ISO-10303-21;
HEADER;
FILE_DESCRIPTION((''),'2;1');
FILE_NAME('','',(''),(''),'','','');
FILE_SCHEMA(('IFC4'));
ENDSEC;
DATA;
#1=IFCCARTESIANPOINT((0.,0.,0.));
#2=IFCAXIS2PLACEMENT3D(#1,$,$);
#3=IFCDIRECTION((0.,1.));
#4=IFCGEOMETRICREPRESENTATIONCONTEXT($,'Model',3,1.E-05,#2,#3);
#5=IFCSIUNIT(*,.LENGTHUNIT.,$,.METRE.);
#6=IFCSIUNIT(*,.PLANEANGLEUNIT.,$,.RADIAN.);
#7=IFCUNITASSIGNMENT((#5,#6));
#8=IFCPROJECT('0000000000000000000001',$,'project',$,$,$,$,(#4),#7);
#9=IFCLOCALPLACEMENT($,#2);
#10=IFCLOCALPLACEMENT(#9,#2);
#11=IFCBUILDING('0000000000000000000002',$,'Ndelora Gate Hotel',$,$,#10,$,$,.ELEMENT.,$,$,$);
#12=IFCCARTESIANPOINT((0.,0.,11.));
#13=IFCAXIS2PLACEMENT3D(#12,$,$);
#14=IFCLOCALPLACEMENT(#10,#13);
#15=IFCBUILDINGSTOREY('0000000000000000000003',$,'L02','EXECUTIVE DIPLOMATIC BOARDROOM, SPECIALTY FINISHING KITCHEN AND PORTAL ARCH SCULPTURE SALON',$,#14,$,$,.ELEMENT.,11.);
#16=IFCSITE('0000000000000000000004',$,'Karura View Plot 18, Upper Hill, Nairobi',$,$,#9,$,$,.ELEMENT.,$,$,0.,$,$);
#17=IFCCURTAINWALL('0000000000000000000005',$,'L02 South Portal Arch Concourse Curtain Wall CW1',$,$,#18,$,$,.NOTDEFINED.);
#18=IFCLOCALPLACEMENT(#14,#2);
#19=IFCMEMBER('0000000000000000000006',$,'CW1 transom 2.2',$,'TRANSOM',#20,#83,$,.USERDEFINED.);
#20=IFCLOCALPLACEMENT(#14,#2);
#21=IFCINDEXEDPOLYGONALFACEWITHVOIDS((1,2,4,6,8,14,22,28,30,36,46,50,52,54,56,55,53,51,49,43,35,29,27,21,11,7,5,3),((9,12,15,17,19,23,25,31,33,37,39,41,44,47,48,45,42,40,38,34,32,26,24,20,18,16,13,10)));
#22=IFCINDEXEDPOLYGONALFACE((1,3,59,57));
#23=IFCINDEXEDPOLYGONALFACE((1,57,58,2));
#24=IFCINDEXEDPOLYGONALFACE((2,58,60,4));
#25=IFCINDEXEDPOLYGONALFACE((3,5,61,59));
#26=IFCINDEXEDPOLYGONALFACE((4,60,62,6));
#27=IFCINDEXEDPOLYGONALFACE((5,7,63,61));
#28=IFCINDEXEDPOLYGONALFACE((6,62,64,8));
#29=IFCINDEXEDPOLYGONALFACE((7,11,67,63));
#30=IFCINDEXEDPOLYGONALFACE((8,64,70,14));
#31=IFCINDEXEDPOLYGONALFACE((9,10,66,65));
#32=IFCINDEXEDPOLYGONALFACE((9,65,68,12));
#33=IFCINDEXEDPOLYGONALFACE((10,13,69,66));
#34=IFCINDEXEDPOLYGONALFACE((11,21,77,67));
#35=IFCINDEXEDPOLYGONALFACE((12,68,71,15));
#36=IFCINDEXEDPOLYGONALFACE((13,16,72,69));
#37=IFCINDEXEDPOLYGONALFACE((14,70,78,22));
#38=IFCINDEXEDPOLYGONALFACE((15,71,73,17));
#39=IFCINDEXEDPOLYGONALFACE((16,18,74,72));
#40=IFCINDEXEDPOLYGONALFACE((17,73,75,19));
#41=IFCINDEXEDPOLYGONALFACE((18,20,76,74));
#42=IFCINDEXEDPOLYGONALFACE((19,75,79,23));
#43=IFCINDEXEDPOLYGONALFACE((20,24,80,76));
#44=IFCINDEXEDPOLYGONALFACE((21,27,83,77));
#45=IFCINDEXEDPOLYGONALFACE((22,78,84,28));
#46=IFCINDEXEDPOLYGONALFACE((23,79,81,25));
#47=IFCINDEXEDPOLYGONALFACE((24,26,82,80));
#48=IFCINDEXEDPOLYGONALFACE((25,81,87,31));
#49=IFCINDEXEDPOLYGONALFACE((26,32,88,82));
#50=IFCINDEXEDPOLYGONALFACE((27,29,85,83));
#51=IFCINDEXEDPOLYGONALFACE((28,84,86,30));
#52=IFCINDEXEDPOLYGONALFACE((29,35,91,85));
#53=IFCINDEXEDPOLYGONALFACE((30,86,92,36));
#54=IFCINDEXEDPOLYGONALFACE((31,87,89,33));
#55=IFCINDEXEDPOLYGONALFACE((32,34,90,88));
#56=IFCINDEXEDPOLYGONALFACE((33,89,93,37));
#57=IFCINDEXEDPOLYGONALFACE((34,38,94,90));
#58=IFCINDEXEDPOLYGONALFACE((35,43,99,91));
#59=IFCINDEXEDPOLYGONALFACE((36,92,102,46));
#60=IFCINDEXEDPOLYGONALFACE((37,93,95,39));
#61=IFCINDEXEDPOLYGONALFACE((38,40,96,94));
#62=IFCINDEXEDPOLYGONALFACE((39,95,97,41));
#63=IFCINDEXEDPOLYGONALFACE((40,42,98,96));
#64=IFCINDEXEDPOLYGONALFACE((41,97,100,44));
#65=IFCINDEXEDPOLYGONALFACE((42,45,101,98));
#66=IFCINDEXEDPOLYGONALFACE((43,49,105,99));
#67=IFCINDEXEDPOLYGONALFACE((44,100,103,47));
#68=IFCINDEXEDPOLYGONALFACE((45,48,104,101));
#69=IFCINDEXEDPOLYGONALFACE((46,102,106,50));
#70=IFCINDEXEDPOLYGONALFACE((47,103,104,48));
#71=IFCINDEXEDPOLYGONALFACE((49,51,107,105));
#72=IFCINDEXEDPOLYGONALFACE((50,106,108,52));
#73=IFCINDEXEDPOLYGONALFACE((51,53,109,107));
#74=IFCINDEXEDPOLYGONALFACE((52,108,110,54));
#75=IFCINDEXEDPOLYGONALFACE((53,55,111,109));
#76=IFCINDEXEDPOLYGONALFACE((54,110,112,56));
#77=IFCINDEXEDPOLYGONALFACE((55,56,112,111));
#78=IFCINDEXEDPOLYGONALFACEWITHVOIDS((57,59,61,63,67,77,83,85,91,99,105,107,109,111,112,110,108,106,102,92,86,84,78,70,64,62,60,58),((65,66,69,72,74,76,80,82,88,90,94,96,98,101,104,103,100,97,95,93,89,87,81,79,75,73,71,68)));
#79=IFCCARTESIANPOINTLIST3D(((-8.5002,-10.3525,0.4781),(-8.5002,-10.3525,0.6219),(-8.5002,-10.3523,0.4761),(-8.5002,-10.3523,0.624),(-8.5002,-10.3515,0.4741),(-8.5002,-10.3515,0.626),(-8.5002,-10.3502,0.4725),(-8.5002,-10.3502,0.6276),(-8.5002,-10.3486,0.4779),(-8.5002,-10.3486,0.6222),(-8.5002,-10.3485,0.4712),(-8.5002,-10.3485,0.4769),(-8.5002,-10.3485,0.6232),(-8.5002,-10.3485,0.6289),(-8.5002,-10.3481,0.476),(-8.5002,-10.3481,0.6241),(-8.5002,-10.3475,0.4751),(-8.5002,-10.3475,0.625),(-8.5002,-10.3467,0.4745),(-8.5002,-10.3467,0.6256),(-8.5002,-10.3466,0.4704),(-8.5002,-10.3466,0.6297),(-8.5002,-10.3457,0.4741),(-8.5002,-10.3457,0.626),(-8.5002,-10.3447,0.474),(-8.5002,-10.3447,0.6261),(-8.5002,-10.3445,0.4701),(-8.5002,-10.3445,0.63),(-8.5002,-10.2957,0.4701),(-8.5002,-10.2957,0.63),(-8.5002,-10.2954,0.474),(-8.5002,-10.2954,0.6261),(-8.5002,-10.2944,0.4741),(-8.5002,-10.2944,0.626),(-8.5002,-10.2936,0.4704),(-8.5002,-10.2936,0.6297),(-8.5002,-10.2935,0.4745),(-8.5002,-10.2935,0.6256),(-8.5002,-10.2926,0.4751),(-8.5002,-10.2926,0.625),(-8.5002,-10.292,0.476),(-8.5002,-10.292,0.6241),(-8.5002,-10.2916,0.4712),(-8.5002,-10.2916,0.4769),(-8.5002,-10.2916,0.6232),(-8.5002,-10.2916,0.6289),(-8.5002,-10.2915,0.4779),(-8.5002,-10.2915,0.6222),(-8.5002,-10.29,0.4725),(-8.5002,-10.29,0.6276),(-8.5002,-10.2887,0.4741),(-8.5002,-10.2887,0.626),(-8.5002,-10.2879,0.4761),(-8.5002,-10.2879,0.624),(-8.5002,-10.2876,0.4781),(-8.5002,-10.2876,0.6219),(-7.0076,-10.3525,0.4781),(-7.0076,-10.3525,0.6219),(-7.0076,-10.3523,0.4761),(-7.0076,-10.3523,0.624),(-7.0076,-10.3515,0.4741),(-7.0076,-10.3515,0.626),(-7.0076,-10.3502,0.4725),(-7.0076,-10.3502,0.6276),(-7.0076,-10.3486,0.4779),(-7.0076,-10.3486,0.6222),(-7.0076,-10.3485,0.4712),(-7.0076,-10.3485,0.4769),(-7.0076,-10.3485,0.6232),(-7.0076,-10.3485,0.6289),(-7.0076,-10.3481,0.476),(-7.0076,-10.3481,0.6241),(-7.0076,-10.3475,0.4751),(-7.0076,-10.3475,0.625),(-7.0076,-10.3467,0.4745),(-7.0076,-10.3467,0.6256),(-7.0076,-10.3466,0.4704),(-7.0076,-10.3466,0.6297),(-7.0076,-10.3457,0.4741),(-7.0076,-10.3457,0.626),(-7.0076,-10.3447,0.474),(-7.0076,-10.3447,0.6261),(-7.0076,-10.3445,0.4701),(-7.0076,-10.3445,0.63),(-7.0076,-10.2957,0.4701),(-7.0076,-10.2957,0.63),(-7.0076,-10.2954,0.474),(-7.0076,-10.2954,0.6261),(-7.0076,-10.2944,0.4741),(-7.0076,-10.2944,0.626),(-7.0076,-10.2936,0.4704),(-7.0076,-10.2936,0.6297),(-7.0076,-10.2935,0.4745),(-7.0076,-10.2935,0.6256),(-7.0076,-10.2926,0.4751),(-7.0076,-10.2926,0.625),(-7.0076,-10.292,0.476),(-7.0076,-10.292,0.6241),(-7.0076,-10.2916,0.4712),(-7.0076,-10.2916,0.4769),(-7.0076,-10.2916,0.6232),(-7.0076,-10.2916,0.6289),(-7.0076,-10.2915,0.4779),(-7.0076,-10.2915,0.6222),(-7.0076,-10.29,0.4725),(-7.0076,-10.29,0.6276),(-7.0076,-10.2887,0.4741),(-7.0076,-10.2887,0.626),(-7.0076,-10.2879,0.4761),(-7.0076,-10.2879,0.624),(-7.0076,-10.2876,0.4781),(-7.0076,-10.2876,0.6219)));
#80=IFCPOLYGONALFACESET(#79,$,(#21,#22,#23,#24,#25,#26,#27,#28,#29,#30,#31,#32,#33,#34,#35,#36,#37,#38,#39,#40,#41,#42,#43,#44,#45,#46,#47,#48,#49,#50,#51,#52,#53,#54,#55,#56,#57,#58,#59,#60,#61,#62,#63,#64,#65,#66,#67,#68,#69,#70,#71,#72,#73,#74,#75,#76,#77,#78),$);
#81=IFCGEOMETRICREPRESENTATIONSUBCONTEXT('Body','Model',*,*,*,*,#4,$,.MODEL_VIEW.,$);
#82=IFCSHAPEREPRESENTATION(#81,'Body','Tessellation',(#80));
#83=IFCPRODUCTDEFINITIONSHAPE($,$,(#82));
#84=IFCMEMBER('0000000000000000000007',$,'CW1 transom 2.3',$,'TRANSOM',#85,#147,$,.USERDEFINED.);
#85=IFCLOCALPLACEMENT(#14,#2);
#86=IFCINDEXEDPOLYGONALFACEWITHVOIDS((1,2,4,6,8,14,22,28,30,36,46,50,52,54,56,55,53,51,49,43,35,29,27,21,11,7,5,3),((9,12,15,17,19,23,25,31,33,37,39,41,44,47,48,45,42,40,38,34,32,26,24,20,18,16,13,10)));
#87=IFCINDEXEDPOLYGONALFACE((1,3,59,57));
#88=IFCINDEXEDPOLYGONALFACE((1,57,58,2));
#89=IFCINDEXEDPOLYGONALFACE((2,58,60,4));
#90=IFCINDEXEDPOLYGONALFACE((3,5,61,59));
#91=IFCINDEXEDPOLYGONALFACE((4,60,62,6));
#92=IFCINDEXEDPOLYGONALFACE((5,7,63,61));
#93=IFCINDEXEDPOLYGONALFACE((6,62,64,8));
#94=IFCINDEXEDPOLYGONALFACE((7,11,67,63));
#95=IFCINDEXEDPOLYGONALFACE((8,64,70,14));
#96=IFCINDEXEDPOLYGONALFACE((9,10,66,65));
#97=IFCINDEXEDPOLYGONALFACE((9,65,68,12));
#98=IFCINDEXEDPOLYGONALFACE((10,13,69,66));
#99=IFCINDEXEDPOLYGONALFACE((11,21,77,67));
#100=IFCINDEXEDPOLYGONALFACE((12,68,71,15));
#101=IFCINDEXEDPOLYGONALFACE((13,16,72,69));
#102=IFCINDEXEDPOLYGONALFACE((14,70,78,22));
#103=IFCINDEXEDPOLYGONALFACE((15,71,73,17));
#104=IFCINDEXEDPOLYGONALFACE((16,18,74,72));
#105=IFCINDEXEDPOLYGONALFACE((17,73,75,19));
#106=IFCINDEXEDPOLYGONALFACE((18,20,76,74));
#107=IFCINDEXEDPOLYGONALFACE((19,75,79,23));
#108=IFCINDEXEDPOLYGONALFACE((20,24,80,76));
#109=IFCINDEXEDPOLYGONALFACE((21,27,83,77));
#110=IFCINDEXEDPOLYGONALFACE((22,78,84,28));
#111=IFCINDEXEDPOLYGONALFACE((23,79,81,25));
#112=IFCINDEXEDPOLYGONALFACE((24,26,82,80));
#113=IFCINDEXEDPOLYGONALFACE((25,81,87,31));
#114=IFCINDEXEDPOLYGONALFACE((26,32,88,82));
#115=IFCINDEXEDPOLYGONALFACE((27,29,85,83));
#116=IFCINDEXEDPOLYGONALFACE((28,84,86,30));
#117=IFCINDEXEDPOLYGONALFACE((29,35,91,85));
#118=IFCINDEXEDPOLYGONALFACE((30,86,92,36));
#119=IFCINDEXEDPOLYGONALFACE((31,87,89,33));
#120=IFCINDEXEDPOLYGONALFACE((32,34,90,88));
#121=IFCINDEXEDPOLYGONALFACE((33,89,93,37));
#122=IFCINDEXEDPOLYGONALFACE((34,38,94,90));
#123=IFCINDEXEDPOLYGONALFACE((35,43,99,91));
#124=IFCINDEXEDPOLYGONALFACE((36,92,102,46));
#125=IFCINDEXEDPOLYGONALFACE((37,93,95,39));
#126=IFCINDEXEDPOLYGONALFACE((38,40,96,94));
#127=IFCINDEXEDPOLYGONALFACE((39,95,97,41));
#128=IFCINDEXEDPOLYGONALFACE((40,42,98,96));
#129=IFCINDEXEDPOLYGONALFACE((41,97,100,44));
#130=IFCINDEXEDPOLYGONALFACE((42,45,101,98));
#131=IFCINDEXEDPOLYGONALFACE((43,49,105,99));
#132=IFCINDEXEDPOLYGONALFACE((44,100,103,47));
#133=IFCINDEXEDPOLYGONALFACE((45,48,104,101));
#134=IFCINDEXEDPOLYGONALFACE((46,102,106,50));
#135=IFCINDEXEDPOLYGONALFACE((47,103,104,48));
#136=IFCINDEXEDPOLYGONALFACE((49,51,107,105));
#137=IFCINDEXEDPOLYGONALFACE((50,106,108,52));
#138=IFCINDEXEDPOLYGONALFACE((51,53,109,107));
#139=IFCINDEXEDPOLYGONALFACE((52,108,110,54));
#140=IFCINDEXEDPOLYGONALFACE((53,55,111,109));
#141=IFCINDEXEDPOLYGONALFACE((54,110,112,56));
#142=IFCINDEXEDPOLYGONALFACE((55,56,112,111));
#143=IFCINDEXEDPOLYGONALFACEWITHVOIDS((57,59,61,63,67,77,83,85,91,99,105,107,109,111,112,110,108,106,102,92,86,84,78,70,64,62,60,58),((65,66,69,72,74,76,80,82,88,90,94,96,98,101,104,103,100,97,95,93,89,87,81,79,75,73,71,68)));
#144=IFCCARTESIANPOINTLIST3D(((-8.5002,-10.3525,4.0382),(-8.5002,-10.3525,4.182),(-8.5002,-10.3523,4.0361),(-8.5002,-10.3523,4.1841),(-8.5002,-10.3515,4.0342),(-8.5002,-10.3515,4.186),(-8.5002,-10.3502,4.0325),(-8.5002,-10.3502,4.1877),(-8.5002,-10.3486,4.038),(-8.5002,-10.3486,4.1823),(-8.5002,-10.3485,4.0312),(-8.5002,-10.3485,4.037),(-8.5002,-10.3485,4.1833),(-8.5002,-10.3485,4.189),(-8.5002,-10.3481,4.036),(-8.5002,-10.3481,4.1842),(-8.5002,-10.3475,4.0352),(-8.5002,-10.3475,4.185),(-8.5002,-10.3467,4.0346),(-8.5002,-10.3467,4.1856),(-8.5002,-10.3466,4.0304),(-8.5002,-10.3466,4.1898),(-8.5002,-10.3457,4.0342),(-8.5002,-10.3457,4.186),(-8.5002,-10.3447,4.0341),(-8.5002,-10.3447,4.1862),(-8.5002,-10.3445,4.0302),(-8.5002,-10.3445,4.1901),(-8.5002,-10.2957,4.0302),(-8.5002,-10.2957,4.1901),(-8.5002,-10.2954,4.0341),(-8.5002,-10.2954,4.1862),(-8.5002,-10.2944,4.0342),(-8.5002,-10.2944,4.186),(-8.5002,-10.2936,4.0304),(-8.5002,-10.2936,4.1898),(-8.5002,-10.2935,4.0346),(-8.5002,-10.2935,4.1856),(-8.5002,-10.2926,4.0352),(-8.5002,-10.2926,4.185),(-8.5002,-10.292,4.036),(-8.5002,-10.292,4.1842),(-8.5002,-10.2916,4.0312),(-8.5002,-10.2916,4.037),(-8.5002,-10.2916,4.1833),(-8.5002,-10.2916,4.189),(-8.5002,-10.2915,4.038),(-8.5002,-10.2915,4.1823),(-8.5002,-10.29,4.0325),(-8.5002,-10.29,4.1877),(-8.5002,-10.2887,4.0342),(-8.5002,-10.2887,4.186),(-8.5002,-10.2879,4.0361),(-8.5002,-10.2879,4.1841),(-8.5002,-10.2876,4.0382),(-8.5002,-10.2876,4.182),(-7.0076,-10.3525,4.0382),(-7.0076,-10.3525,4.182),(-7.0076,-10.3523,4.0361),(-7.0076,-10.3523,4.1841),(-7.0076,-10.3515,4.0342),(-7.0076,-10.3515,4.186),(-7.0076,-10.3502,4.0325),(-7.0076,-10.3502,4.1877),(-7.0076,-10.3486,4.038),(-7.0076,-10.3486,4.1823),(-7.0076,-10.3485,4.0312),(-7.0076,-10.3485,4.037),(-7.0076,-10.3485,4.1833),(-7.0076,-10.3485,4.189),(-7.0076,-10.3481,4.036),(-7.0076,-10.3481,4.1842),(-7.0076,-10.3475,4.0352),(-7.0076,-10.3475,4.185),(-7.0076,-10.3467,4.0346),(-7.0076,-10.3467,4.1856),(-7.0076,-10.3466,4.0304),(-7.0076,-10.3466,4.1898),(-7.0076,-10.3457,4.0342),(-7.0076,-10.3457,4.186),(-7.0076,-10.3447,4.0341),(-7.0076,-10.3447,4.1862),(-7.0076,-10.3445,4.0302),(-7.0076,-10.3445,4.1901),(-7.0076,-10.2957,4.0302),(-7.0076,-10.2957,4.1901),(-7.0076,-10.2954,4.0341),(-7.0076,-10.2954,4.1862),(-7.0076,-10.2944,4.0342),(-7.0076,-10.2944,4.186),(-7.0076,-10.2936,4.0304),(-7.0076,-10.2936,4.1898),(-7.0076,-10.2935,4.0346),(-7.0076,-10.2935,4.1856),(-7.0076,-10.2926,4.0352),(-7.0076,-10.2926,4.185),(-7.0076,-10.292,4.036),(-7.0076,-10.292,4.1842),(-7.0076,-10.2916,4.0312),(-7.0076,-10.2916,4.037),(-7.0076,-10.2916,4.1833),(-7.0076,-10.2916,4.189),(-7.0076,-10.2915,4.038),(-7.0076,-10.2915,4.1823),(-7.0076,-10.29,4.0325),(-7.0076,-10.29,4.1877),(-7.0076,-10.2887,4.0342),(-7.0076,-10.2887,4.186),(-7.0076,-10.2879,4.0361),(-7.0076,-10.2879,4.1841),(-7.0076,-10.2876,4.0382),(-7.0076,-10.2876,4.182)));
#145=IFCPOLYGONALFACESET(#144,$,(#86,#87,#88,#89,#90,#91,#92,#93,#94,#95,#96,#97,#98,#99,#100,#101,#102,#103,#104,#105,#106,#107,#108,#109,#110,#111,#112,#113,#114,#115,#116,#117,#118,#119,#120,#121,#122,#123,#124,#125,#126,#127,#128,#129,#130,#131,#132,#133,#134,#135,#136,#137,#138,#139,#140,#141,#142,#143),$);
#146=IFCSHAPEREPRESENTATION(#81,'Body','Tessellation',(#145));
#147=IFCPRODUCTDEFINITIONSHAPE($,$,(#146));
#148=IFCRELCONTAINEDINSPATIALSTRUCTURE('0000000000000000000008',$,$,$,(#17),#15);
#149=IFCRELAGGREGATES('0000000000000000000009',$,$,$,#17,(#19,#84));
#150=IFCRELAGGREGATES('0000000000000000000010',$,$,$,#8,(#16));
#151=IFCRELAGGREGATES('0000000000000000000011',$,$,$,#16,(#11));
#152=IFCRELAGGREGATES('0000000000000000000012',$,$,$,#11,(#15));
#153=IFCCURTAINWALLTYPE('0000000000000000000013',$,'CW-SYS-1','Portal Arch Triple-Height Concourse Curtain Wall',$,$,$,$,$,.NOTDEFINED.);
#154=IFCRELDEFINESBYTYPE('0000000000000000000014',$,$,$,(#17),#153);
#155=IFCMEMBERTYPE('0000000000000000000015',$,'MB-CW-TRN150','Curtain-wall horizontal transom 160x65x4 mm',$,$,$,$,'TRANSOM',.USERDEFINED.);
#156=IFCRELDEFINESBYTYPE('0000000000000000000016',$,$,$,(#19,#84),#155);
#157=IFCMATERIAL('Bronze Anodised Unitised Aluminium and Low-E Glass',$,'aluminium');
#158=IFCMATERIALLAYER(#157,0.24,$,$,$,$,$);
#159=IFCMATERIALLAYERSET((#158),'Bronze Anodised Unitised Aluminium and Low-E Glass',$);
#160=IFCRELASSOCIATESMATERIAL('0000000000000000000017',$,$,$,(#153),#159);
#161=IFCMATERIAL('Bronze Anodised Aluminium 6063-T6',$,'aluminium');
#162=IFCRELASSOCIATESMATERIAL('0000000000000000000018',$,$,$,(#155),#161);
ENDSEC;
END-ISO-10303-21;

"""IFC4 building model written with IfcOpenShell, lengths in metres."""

from ifc_helpers import new_model, si_unit, direction, frame, origin, origin_2d, place, context, subcontext, project, spatial, hollow_rectangle, extrude, material, layer, layer_set, material_profile, profile_set, type_object, element, aggregate, save


model = new_model("IFC4")

# Units and contexts
model_context = context("Model", 3, precision=1e-05, world=origin(), true_north=direction((0.0, 1.0)))
body_context = subcontext(model_context, "Body", "Model", "MODEL_VIEW")
ifc_project = project(units=[si_unit("LENGTHUNIT", "METRE"), si_unit("PLANEANGLEUNIT", "RADIAN")], contexts=[model_context])

# Site, building, storey
site_placement = place(None, origin())
site = spatial("IfcSite", under=ifc_project, at=site_placement, Name="Karura View Plot 18, Upper Hill, Nairobi", CompositionType="ELEMENT", RefElevation=0.0)
building_placement = place(site_placement, origin())
building = spatial("IfcBuilding", under=site, at=building_placement, Name="Ndelora Gate Hotel", CompositionType="ELEMENT")
storey_placement = place(building_placement, frame((0.0, 0.0, 11.0)))
storey = spatial("IfcBuildingStorey", under=building, at=storey_placement, Name="L02", Description="EXECUTIVE DIPLOMATIC BOARDROOM, SPECIALTY FINISHING KITCHEN AND PORTAL ARCH SCULPTURE SALON", CompositionType="ELEMENT", Elevation=11.0)

# Curtain wall, members
ifc_material_1 = material(Name="Bronze Anodised Unitised Aluminium and Low-E Glass", Category="aluminium")
ifc_layer_1 = layer(ifc_material_1, 0.24)
ifc_layer_set_1 = layer_set([ifc_layer_1], Name="Bronze Anodised Unitised Aluminium and Low-E Glass")
curtain_wall_type = type_object("IfcCurtainWallType", Name="CW-SYS-1", Description="Portal Arch Triple-Height Concourse Curtain Wall", PredefinedType="NOTDEFINED", material=ifc_layer_set_1)
curtain_wall_placement = place(storey_placement, origin())
curtain_wall = element("IfcCurtainWall", 1, at=curtain_wall_placement, inside=storey, type_object=curtain_wall_type, Name="L02 South Portal Arch Concourse Curtain Wall CW1", PredefinedType="NOTDEFINED")
ifc_material_2 = material(Name="Bronze Anodised Aluminium 6063-T6", Category="aluminium")
ifc_material_profile_1 = material_profile(ifc_material_2, hollow_rectangle(XDim=0.0649, YDim=0.1599, WallThickness=0.0039, InnerFilletRadius=0.0039, OuterFilletRadius=0.0081, at=origin_2d()), Name="ALU 160x65x4")
ifc_profile_set_1 = profile_set([ifc_material_profile_1], Name="Bronze Anodised Aluminium 6063-T6")
member_type_1 = type_object("IfcMemberType", Name="MB-CW-TRN150", Description="Curtain-wall horizontal transom 160x65x4 mm", ElementType="TRANSOM", PredefinedType="USERDEFINED", material=ifc_profile_set_1)
member_1_placement = place(storey_placement, frame((-8.5002, -10.3201, 0.55), z_axis=(1.0, 0.0, 0.0), x_axis=(0.0, 1.0, 0.0)))
member_1 = element("IfcMember", 2, at=member_1_placement, type_object=member_type_1, Name="CW1 transom 2.2", ObjectType="TRANSOM", PredefinedType="USERDEFINED", context=body_context, shape_type="SweptSolid", body=[
    extrude(hollow_rectangle(XDim=0.0649, YDim=0.1599, WallThickness=0.0039, InnerFilletRadius=0.0039, OuterFilletRadius=0.0081, at=origin_2d()), origin(), (0.0, 0.0, 1.0), 1.4927),
])
member_2_placement = place(storey_placement, frame((-8.5002, -10.3201, 4.1101), z_axis=(1.0, 0.0, 0.0), x_axis=(0.0, 1.0, 0.0)))
member_2 = element("IfcMember", 3, at=member_2_placement, type_object=member_type_1, Name="CW1 transom 2.3", ObjectType="TRANSOM", PredefinedType="USERDEFINED", context=body_context, shape_type="SweptSolid", body=[
    extrude(hollow_rectangle(XDim=0.0649, YDim=0.1599, WallThickness=0.0039, InnerFilletRadius=0.0039, OuterFilletRadius=0.0081, at=origin_2d()), origin(), (0.0, 0.0, 1.0), 1.4927),
])
aggregate(curtain_wall, [member_1, member_2])

save(model, "model.ifc")
